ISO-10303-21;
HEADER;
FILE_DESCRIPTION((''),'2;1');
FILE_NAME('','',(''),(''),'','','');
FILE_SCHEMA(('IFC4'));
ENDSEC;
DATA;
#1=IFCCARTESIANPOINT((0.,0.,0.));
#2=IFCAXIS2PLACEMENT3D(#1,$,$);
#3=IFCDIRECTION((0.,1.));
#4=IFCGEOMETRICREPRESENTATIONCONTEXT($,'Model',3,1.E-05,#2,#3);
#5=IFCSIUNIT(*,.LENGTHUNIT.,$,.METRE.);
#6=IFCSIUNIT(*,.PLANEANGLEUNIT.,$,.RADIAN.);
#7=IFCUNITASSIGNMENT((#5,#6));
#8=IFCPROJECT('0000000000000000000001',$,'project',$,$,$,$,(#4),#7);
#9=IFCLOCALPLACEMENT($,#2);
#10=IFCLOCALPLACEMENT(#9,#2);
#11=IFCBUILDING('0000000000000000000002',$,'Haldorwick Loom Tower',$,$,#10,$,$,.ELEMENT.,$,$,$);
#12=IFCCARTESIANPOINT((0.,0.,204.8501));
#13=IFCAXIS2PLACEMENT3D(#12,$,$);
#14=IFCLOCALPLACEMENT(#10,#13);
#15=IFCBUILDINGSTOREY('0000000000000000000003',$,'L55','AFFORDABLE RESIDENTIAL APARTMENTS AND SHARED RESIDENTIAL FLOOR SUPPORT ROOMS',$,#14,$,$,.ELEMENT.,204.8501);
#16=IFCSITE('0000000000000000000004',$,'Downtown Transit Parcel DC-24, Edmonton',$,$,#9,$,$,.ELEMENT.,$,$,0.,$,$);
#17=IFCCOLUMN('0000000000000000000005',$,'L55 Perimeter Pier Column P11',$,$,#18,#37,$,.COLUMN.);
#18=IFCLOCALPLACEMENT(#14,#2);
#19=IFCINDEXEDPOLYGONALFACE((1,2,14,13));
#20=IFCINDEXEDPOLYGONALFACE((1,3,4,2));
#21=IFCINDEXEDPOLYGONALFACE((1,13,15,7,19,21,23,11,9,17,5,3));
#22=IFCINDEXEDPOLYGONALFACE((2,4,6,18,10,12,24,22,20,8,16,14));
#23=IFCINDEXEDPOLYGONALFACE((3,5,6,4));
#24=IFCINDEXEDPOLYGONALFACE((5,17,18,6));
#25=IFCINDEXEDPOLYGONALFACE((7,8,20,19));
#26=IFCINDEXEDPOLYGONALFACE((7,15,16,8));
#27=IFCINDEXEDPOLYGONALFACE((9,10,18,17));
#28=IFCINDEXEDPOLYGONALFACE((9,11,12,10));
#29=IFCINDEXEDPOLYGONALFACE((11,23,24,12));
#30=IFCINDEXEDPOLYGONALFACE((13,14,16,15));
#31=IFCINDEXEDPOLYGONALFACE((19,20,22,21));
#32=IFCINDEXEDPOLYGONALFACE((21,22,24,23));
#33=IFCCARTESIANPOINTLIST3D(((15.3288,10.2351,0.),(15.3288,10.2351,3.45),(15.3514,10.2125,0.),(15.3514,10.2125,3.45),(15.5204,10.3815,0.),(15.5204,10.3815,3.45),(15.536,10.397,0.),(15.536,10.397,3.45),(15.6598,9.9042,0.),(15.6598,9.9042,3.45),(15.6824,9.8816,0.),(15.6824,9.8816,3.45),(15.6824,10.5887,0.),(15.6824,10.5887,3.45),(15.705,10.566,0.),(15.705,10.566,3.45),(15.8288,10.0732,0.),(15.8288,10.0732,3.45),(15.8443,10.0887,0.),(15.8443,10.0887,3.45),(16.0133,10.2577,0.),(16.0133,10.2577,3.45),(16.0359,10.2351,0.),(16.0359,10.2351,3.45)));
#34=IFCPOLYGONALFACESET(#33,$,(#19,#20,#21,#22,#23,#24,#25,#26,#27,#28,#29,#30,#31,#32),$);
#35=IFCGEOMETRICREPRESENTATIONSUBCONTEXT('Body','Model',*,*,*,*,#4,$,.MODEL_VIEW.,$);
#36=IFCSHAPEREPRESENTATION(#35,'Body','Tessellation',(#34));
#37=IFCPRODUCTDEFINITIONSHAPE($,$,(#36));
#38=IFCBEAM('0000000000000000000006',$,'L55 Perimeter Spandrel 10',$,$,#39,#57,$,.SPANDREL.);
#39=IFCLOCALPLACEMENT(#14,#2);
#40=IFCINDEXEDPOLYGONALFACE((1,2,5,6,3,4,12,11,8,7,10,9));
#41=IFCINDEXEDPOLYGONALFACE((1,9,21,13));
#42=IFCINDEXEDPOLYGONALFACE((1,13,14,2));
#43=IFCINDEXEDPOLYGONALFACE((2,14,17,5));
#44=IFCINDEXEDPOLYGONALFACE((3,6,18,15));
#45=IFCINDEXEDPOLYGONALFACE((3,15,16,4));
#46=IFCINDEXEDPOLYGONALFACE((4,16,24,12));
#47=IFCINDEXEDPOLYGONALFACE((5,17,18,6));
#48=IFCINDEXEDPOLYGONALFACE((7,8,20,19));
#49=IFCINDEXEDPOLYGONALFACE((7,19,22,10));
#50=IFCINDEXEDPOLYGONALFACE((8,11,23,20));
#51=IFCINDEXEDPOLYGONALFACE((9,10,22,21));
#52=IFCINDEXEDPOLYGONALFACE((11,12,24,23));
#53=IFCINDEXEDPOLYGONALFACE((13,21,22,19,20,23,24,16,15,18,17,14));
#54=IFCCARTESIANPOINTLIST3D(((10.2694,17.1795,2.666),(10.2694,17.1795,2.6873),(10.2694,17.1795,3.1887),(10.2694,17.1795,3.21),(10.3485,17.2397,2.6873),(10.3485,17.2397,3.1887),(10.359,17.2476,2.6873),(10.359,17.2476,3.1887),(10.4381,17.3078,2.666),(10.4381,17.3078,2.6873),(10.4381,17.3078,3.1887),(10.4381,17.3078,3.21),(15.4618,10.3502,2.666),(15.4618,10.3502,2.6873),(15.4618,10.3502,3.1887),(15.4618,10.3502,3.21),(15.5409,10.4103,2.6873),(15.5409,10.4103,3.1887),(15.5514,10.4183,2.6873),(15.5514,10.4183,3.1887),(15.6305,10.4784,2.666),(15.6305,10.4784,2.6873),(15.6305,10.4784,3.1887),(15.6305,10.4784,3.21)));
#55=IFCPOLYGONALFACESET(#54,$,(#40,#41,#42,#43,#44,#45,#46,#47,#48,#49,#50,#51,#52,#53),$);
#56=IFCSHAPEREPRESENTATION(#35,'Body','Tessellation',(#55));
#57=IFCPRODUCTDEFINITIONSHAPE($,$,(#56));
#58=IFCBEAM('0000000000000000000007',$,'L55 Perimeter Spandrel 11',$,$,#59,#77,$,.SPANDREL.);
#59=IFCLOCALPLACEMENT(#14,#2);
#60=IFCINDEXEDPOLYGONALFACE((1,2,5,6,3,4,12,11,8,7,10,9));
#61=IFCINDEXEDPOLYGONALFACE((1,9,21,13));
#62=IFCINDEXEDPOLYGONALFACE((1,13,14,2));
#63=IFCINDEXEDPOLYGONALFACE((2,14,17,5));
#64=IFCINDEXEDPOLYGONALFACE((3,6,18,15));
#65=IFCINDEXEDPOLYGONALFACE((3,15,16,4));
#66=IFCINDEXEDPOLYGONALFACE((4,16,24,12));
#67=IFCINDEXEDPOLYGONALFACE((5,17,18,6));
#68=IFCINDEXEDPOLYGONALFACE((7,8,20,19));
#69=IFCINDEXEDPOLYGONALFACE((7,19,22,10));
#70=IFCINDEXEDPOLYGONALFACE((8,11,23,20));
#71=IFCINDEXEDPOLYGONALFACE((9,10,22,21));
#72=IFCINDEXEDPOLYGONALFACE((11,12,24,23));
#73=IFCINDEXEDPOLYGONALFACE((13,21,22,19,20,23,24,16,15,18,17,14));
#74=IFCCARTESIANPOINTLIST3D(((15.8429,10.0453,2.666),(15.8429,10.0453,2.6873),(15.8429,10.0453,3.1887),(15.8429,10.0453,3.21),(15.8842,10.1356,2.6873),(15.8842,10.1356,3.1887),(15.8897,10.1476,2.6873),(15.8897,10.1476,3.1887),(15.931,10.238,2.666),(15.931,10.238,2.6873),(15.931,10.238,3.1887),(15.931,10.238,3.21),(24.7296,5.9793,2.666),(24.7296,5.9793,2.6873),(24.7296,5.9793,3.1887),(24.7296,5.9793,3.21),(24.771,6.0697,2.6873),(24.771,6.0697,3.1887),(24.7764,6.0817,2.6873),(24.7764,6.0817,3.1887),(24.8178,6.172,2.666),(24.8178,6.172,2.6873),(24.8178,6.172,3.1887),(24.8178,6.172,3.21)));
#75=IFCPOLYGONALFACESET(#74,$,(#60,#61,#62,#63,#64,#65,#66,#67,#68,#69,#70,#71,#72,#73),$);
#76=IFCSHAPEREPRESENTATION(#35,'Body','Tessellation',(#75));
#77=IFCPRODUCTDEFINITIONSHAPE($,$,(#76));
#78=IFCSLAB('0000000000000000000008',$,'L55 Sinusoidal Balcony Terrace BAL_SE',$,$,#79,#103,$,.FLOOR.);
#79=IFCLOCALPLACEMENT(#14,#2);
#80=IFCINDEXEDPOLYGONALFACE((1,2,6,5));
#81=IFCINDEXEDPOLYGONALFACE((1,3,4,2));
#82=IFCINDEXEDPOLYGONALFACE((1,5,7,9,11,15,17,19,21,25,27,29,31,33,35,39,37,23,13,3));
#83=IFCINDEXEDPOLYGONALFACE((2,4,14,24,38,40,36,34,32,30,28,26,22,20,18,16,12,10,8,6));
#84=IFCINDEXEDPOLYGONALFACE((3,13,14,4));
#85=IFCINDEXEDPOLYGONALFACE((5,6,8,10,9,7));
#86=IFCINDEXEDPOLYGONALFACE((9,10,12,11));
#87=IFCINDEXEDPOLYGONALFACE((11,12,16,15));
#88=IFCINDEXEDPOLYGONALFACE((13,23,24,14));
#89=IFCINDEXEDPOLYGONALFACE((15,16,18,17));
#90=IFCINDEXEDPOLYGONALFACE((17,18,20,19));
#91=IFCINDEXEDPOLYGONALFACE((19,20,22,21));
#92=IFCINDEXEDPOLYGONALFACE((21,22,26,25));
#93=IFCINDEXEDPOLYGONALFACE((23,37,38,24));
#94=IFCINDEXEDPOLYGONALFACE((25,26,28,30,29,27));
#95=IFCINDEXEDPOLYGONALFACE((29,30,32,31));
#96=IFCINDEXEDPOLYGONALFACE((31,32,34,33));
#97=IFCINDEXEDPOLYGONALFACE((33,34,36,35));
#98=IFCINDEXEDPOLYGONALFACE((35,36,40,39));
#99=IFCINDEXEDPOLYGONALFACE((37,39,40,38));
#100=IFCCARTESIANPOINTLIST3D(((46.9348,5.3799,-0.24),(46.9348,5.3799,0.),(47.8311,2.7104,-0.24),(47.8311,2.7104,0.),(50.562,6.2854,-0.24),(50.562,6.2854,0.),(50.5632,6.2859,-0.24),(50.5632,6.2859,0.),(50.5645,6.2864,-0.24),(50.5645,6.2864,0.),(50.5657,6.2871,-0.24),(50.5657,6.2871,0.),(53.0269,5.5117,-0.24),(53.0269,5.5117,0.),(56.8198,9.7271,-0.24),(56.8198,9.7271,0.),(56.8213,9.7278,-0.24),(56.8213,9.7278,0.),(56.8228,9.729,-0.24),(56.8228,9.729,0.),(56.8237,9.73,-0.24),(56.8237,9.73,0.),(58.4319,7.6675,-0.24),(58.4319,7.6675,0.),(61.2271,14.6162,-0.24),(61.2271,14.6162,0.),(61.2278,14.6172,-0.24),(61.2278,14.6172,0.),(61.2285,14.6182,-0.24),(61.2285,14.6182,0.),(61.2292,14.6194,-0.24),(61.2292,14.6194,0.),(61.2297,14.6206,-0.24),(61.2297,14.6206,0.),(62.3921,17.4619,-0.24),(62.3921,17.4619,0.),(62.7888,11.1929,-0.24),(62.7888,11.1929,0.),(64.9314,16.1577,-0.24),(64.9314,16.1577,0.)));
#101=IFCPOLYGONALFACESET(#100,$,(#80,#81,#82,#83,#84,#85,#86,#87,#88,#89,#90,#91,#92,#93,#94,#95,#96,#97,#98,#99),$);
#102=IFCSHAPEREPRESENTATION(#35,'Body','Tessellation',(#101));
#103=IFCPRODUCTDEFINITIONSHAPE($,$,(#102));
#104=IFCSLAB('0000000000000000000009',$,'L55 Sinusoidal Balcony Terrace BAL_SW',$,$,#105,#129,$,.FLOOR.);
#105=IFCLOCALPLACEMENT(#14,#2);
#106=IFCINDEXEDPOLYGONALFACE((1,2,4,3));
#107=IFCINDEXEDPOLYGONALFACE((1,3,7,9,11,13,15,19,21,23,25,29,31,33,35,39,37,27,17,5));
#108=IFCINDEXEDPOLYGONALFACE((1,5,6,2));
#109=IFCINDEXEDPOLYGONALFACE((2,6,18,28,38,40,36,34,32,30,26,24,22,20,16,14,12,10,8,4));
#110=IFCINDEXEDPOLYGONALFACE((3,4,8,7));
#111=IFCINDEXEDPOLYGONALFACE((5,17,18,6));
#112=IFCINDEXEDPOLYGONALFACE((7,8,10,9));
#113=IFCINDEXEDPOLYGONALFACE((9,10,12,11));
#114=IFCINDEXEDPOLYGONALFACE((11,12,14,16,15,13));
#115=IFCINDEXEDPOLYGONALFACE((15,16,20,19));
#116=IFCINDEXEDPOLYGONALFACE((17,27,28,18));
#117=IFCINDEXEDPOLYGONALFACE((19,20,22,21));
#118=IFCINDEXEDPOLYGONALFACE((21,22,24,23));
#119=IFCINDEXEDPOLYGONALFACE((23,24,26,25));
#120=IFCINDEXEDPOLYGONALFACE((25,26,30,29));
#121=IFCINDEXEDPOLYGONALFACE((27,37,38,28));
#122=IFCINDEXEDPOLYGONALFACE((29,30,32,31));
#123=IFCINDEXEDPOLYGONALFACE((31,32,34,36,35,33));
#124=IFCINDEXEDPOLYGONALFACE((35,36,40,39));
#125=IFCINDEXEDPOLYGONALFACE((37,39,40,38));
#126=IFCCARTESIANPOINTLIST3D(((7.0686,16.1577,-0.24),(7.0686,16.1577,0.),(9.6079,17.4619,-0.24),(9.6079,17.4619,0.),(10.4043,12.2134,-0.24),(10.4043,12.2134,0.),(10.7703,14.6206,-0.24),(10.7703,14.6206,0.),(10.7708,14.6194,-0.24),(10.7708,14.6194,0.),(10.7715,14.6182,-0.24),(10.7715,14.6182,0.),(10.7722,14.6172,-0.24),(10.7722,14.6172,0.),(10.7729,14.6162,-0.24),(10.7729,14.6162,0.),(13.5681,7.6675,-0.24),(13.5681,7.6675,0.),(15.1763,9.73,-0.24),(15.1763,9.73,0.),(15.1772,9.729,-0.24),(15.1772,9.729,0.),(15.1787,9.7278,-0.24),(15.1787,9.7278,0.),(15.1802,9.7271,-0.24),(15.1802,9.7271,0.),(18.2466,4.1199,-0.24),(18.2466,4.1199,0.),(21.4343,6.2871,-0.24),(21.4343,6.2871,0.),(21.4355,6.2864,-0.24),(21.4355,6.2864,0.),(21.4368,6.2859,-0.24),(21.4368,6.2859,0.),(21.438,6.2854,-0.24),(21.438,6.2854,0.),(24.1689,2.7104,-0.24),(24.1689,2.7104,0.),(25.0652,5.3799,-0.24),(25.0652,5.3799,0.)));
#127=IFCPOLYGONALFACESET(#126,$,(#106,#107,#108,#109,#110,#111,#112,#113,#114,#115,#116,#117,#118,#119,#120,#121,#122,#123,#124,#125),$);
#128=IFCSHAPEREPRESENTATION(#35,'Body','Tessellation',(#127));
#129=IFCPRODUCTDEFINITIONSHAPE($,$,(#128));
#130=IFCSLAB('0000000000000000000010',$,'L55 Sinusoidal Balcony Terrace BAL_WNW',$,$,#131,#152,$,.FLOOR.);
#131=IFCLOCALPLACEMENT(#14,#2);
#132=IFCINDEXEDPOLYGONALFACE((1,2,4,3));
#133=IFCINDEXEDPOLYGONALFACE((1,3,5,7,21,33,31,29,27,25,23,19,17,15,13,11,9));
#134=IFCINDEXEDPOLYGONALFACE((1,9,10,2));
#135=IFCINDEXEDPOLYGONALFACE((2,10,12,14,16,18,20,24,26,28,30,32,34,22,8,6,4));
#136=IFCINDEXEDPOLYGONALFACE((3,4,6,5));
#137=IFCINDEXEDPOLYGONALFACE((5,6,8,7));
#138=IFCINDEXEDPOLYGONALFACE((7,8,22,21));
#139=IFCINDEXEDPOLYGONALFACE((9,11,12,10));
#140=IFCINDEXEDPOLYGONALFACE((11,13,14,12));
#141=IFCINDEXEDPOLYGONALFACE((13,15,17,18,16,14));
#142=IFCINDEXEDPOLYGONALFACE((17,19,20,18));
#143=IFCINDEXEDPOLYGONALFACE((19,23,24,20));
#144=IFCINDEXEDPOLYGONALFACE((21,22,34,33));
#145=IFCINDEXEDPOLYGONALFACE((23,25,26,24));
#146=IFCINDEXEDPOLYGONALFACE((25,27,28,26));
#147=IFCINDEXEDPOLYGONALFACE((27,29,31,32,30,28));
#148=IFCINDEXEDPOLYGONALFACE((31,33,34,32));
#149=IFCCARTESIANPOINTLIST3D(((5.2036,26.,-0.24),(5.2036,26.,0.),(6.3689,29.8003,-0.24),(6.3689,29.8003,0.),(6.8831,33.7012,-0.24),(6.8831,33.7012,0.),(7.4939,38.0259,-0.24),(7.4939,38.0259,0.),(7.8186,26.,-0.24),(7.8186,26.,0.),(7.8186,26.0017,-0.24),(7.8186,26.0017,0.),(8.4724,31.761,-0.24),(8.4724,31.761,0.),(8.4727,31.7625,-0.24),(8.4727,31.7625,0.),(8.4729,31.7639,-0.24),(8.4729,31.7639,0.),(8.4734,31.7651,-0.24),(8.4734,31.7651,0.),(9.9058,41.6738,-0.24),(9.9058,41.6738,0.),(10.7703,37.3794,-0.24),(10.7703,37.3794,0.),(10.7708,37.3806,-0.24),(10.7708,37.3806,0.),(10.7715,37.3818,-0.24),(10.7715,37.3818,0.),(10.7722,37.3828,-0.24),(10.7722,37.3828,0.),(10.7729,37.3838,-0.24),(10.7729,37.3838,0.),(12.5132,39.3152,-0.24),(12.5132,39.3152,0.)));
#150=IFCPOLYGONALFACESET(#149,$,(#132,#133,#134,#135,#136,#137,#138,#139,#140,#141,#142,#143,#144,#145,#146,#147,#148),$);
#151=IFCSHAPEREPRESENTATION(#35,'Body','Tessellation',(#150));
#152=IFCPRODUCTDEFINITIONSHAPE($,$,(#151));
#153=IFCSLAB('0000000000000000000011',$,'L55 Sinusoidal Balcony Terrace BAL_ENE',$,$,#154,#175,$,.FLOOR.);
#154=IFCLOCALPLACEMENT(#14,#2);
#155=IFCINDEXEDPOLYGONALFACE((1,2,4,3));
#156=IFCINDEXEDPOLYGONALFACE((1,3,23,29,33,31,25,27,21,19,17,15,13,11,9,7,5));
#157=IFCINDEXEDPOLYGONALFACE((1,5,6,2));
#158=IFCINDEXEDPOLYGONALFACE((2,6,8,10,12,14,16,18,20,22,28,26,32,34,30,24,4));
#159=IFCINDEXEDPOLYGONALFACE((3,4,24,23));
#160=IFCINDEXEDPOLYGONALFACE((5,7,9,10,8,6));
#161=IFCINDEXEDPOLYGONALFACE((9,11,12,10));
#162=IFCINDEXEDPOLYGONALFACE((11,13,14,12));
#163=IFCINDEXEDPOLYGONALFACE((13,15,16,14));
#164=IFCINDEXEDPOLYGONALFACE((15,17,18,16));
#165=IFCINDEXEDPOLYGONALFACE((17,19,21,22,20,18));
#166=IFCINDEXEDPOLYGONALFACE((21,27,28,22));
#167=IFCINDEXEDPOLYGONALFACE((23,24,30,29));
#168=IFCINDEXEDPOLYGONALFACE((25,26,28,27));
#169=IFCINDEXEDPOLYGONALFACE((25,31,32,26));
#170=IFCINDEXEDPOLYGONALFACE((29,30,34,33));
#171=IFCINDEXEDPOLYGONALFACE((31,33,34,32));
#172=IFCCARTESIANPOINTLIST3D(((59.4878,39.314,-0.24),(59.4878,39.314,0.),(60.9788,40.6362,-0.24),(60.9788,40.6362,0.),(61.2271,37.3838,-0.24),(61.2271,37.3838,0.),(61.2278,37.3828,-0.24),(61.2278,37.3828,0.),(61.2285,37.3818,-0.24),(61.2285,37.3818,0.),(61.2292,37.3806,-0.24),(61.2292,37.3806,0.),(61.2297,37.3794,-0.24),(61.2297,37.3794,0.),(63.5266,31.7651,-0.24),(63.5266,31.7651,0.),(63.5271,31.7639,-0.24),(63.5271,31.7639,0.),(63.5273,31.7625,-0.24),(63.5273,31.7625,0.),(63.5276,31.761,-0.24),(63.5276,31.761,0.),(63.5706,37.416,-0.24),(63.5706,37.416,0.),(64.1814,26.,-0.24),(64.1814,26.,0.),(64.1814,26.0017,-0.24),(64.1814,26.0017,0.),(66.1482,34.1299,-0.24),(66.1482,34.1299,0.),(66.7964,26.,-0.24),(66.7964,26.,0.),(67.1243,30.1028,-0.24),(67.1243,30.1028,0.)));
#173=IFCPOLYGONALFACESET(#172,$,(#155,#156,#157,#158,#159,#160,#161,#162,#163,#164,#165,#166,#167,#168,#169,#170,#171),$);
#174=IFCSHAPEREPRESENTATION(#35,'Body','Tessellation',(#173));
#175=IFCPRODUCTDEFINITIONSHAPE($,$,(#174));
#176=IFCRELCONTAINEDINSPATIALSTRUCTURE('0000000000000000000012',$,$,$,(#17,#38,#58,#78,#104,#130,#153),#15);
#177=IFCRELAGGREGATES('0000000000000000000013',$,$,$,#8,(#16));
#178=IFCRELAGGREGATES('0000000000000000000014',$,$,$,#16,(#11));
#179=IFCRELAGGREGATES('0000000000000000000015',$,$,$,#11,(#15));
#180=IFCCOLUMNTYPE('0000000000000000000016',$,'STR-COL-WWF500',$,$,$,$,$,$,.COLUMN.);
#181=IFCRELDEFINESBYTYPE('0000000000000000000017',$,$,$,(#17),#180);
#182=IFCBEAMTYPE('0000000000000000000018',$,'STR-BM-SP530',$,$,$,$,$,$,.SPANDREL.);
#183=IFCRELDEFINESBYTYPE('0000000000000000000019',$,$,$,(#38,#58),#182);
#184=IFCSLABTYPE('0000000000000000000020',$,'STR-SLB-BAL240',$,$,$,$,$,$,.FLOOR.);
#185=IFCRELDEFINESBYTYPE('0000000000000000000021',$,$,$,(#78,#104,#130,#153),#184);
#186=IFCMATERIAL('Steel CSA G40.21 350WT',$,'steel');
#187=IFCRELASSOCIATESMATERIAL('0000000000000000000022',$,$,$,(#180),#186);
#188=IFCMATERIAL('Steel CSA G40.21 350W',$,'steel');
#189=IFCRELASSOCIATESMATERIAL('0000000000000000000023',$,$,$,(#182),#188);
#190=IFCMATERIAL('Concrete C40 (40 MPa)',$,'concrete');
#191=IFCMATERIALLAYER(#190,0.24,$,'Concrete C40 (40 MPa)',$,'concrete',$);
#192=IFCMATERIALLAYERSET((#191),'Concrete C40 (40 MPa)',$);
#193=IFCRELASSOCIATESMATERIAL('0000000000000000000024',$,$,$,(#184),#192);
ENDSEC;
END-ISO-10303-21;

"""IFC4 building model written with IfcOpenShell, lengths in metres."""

from ifc_helpers import new_model, si_unit, direction, frame, origin, origin_2d, place, context, subcontext, project, spatial, polyline, i_section, outline, extrude, material, layer, layer_set, material_profile, profile_set, type_object, element, save


model = new_model("IFC4")

# Units and contexts
model_context = context("Model", 3, precision=1e-05, world=origin(), true_north=direction((0.0, 1.0)))
body_context = subcontext(model_context, "Body", "Model", "MODEL_VIEW")
ifc_project = project(units=[si_unit("LENGTHUNIT", "METRE"), si_unit("PLANEANGLEUNIT", "RADIAN")], contexts=[model_context])

# Site, building, storey
site_placement = place(None, origin())
site = spatial("IfcSite", under=ifc_project, at=site_placement, Name="Downtown Transit Parcel DC-24, Edmonton", CompositionType="ELEMENT", RefElevation=0.0)
building_placement = place(site_placement, origin())
building = spatial("IfcBuilding", under=site, at=building_placement, Name="Haldorwick Loom Tower", CompositionType="ELEMENT")
storey_placement = place(building_placement, frame((0.0, 0.0, 204.8501)))
storey = spatial("IfcBuildingStorey", under=building, at=storey_placement, Name="L55", Description="AFFORDABLE RESIDENTIAL APARTMENTS AND SHARED RESIDENTIAL FLOOR SUPPORT ROOMS", CompositionType="ELEMENT", Elevation=204.8501)

# Column
ifc_material_1 = material(Name="Steel CSA G40.21 350WT", Category="steel")
ifc_material_profile_1 = material_profile(ifc_material_1, i_section(OverallWidth=0.5, OverallDepth=0.5, WebThickness=0.022, FlangeThickness=0.032, at=origin_2d()), Name="WWF500X500", Category="steel")
ifc_profile_set_1 = profile_set([ifc_material_profile_1], Name="Steel CSA G40.21 350WT")
column_type = type_object("IfcColumnType", Name="STR-COL-WWF500", PredefinedType="COLUMN", material=ifc_profile_set_1)
column_placement = place(storey_placement, frame((15.6824, 10.2351, 0.0), z_axis=(0.0, 0.0, 1.0), x_axis=(-0.707107, -0.707107, 0.0)))
element("IfcColumn", 1, at=column_placement, inside=storey, type_object=column_type, Name="L55 Perimeter Pier Column P11", PredefinedType="COLUMN", context=body_context, shape_type="SweptSolid", body=[
    extrude(i_section(OverallWidth=0.5, OverallDepth=0.5, WebThickness=0.022, FlangeThickness=0.032, at=origin_2d()), origin(), (0.0, 0.0, 1.0), 3.45),
])

# Beams
ifc_material_2 = material(Name="Steel CSA G40.21 350W", Category="steel")
ifc_material_profile_2 = material_profile(ifc_material_2, i_section(OverallWidth=0.2119, OverallDepth=0.5439, WebThickness=0.0132, FlangeThickness=0.0212, at=origin_2d()), Name="W530X123", Category="steel")
ifc_profile_set_2 = profile_set([ifc_material_profile_2], Name="Steel CSA G40.21 350W")
beam_type = type_object("IfcBeamType", Name="STR-BM-SP530", PredefinedType="SPANDREL", material=ifc_profile_set_2)
beam_1_placement = place(storey_placement, frame((10.3538, 17.2437, 2.938), z_axis=(0.605237, -0.796045, 0.0), x_axis=(0.796045, 0.605237, 0.0)))
element("IfcBeam", 2, at=beam_1_placement, inside=storey, type_object=beam_type, Name="L55 Perimeter Spandrel 10", PredefinedType="SPANDREL", context=body_context, shape_type="SweptSolid", body=[
    extrude(i_section(OverallWidth=0.2119, OverallDepth=0.5439, WebThickness=0.0132, FlangeThickness=0.0212, at=origin_2d()), origin(), (0.0, 0.0, 1.0), 8.5791),
])
beam_2_placement = place(storey_placement, frame((15.887, 10.1416, 2.938), z_axis=(0.909342, -0.416049, 0.0), x_axis=(0.416049, 0.909342, 0.0)))
element("IfcBeam", 3, at=beam_2_placement, inside=storey, type_object=beam_type, Name="L55 Perimeter Spandrel 11", PredefinedType="SPANDREL", context=body_context, shape_type="SweptSolid", body=[
    extrude(i_section(OverallWidth=0.2119, OverallDepth=0.5439, WebThickness=0.0132, FlangeThickness=0.0212, at=origin_2d()), origin(), (0.0, 0.0, 1.0), 9.7727),
])

# Slabs
ifc_material_3 = material(Name="Concrete C40 (40 MPa)", Category="concrete")
ifc_layer_1 = layer(ifc_material_3, 0.24, Name="Concrete C40 (40 MPa)", Category="concrete")
ifc_layer_set_1 = layer_set([ifc_layer_1], Name="Concrete C40 (40 MPa)")
slab_type_1 = type_object("IfcSlabType", Name="STR-SLB-BAL240", PredefinedType="FLOOR", material=ifc_layer_set_1)
slab_1_placement = place(storey_placement, frame((0.0, 0.0, -0.24)))
element("IfcSlab", 4, at=slab_1_placement, inside=storey, type_object=slab_type_1, Name="L55 Sinusoidal Balcony Terrace BAL_SE", PredefinedType="FLOOR", context=body_context, shape_type="SweptSolid", body=[
    extrude(outline(polyline([(62.3921, 17.4619), (61.2297, 14.6206), (61.2292, 14.6194), (61.2285, 14.6182), (61.2278, 14.6172), (61.2271, 14.6162), (56.8237, 9.73), (56.8228, 9.729), (56.8213, 9.7278), (56.8198, 9.7271), (50.5657, 6.2871), (50.5645, 6.2864), (50.5632, 6.2859), (50.562, 6.2854), (46.9348, 5.3799), (47.8311, 2.7104), (53.0269, 5.5117), (58.4319, 7.6675), (62.7888, 11.1929), (64.9314, 16.1577), (62.3921, 17.4619)])), origin(), (0.0, 0.0, 1.0), 0.24),
])
slab_2_placement = place(storey_placement, frame((0.0, 0.0, -0.24)))
element("IfcSlab", 5, at=slab_2_placement, inside=storey, type_object=slab_type_1, Name="L55 Sinusoidal Balcony Terrace BAL_SW", PredefinedType="FLOOR", context=body_context, shape_type="SweptSolid", body=[
    extrude(outline(polyline([(25.0652, 5.3799), (21.438, 6.2854), (21.4368, 6.2859), (21.4355, 6.2864), (21.4343, 6.2871), (15.1802, 9.7271), (15.1787, 9.7278), (15.1772, 9.729), (15.1763, 9.73), (10.7729, 14.6162), (10.7722, 14.6172), (10.7715, 14.6182), (10.7708, 14.6194), (10.7703, 14.6206), (9.6079, 17.4619), (7.0686, 16.1577), (10.4043, 12.2134), (13.5681, 7.6675), (18.2466, 4.1199), (24.1689, 2.7104), (25.0652, 5.3799)])), origin(), (0.0, 0.0, 1.0), 0.24),
])
slab_3_placement = place(storey_placement, frame((0.0, 0.0, -0.24)))
element("IfcSlab", 6, at=slab_3_placement, inside=storey, type_object=slab_type_1, Name="L55 Sinusoidal Balcony Terrace BAL_WNW", PredefinedType="FLOOR", context=body_context, shape_type="SweptSolid", body=[
    extrude(outline(polyline([(7.8186, 26.0), (7.8186, 26.0017), (8.4724, 31.761), (8.4727, 31.7625), (8.4729, 31.7639), (8.4734, 31.7651), (10.7703, 37.3794), (10.7708, 37.3806), (10.7715, 37.3818), (10.7722, 37.3828), (10.7729, 37.3838), (12.5132, 39.3152), (9.9058, 41.6738), (7.4939, 38.0259), (6.8831, 33.7012), (6.3689, 29.8003), (5.2036, 26.0), (7.8186, 26.0)])), origin(), (0.0, 0.0, 1.0), 0.24),
])
slab_4_placement = place(storey_placement, frame((0.0, 0.0, -0.24)))
element("IfcSlab", 7, at=slab_4_placement, inside=storey, type_object=slab_type_1, Name="L55 Sinusoidal Balcony Terrace BAL_ENE", PredefinedType="FLOOR", context=body_context, shape_type="SweptSolid", body=[
    extrude(outline(polyline([(59.4878, 39.314), (61.2271, 37.3838), (61.2278, 37.3828), (61.2285, 37.3818), (61.2292, 37.3806), (61.2297, 37.3794), (63.5266, 31.7651), (63.5271, 31.7639), (63.5273, 31.7625), (63.5276, 31.761), (64.1814, 26.0017), (64.1814, 26.0), (66.7964, 26.0), (67.1243, 30.1028), (66.1482, 34.1299), (63.5706, 37.416), (60.9788, 40.6362), (59.4878, 39.314)])), origin(), (0.0, 0.0, 1.0), 0.24),
])

save(model, "model.ifc")
